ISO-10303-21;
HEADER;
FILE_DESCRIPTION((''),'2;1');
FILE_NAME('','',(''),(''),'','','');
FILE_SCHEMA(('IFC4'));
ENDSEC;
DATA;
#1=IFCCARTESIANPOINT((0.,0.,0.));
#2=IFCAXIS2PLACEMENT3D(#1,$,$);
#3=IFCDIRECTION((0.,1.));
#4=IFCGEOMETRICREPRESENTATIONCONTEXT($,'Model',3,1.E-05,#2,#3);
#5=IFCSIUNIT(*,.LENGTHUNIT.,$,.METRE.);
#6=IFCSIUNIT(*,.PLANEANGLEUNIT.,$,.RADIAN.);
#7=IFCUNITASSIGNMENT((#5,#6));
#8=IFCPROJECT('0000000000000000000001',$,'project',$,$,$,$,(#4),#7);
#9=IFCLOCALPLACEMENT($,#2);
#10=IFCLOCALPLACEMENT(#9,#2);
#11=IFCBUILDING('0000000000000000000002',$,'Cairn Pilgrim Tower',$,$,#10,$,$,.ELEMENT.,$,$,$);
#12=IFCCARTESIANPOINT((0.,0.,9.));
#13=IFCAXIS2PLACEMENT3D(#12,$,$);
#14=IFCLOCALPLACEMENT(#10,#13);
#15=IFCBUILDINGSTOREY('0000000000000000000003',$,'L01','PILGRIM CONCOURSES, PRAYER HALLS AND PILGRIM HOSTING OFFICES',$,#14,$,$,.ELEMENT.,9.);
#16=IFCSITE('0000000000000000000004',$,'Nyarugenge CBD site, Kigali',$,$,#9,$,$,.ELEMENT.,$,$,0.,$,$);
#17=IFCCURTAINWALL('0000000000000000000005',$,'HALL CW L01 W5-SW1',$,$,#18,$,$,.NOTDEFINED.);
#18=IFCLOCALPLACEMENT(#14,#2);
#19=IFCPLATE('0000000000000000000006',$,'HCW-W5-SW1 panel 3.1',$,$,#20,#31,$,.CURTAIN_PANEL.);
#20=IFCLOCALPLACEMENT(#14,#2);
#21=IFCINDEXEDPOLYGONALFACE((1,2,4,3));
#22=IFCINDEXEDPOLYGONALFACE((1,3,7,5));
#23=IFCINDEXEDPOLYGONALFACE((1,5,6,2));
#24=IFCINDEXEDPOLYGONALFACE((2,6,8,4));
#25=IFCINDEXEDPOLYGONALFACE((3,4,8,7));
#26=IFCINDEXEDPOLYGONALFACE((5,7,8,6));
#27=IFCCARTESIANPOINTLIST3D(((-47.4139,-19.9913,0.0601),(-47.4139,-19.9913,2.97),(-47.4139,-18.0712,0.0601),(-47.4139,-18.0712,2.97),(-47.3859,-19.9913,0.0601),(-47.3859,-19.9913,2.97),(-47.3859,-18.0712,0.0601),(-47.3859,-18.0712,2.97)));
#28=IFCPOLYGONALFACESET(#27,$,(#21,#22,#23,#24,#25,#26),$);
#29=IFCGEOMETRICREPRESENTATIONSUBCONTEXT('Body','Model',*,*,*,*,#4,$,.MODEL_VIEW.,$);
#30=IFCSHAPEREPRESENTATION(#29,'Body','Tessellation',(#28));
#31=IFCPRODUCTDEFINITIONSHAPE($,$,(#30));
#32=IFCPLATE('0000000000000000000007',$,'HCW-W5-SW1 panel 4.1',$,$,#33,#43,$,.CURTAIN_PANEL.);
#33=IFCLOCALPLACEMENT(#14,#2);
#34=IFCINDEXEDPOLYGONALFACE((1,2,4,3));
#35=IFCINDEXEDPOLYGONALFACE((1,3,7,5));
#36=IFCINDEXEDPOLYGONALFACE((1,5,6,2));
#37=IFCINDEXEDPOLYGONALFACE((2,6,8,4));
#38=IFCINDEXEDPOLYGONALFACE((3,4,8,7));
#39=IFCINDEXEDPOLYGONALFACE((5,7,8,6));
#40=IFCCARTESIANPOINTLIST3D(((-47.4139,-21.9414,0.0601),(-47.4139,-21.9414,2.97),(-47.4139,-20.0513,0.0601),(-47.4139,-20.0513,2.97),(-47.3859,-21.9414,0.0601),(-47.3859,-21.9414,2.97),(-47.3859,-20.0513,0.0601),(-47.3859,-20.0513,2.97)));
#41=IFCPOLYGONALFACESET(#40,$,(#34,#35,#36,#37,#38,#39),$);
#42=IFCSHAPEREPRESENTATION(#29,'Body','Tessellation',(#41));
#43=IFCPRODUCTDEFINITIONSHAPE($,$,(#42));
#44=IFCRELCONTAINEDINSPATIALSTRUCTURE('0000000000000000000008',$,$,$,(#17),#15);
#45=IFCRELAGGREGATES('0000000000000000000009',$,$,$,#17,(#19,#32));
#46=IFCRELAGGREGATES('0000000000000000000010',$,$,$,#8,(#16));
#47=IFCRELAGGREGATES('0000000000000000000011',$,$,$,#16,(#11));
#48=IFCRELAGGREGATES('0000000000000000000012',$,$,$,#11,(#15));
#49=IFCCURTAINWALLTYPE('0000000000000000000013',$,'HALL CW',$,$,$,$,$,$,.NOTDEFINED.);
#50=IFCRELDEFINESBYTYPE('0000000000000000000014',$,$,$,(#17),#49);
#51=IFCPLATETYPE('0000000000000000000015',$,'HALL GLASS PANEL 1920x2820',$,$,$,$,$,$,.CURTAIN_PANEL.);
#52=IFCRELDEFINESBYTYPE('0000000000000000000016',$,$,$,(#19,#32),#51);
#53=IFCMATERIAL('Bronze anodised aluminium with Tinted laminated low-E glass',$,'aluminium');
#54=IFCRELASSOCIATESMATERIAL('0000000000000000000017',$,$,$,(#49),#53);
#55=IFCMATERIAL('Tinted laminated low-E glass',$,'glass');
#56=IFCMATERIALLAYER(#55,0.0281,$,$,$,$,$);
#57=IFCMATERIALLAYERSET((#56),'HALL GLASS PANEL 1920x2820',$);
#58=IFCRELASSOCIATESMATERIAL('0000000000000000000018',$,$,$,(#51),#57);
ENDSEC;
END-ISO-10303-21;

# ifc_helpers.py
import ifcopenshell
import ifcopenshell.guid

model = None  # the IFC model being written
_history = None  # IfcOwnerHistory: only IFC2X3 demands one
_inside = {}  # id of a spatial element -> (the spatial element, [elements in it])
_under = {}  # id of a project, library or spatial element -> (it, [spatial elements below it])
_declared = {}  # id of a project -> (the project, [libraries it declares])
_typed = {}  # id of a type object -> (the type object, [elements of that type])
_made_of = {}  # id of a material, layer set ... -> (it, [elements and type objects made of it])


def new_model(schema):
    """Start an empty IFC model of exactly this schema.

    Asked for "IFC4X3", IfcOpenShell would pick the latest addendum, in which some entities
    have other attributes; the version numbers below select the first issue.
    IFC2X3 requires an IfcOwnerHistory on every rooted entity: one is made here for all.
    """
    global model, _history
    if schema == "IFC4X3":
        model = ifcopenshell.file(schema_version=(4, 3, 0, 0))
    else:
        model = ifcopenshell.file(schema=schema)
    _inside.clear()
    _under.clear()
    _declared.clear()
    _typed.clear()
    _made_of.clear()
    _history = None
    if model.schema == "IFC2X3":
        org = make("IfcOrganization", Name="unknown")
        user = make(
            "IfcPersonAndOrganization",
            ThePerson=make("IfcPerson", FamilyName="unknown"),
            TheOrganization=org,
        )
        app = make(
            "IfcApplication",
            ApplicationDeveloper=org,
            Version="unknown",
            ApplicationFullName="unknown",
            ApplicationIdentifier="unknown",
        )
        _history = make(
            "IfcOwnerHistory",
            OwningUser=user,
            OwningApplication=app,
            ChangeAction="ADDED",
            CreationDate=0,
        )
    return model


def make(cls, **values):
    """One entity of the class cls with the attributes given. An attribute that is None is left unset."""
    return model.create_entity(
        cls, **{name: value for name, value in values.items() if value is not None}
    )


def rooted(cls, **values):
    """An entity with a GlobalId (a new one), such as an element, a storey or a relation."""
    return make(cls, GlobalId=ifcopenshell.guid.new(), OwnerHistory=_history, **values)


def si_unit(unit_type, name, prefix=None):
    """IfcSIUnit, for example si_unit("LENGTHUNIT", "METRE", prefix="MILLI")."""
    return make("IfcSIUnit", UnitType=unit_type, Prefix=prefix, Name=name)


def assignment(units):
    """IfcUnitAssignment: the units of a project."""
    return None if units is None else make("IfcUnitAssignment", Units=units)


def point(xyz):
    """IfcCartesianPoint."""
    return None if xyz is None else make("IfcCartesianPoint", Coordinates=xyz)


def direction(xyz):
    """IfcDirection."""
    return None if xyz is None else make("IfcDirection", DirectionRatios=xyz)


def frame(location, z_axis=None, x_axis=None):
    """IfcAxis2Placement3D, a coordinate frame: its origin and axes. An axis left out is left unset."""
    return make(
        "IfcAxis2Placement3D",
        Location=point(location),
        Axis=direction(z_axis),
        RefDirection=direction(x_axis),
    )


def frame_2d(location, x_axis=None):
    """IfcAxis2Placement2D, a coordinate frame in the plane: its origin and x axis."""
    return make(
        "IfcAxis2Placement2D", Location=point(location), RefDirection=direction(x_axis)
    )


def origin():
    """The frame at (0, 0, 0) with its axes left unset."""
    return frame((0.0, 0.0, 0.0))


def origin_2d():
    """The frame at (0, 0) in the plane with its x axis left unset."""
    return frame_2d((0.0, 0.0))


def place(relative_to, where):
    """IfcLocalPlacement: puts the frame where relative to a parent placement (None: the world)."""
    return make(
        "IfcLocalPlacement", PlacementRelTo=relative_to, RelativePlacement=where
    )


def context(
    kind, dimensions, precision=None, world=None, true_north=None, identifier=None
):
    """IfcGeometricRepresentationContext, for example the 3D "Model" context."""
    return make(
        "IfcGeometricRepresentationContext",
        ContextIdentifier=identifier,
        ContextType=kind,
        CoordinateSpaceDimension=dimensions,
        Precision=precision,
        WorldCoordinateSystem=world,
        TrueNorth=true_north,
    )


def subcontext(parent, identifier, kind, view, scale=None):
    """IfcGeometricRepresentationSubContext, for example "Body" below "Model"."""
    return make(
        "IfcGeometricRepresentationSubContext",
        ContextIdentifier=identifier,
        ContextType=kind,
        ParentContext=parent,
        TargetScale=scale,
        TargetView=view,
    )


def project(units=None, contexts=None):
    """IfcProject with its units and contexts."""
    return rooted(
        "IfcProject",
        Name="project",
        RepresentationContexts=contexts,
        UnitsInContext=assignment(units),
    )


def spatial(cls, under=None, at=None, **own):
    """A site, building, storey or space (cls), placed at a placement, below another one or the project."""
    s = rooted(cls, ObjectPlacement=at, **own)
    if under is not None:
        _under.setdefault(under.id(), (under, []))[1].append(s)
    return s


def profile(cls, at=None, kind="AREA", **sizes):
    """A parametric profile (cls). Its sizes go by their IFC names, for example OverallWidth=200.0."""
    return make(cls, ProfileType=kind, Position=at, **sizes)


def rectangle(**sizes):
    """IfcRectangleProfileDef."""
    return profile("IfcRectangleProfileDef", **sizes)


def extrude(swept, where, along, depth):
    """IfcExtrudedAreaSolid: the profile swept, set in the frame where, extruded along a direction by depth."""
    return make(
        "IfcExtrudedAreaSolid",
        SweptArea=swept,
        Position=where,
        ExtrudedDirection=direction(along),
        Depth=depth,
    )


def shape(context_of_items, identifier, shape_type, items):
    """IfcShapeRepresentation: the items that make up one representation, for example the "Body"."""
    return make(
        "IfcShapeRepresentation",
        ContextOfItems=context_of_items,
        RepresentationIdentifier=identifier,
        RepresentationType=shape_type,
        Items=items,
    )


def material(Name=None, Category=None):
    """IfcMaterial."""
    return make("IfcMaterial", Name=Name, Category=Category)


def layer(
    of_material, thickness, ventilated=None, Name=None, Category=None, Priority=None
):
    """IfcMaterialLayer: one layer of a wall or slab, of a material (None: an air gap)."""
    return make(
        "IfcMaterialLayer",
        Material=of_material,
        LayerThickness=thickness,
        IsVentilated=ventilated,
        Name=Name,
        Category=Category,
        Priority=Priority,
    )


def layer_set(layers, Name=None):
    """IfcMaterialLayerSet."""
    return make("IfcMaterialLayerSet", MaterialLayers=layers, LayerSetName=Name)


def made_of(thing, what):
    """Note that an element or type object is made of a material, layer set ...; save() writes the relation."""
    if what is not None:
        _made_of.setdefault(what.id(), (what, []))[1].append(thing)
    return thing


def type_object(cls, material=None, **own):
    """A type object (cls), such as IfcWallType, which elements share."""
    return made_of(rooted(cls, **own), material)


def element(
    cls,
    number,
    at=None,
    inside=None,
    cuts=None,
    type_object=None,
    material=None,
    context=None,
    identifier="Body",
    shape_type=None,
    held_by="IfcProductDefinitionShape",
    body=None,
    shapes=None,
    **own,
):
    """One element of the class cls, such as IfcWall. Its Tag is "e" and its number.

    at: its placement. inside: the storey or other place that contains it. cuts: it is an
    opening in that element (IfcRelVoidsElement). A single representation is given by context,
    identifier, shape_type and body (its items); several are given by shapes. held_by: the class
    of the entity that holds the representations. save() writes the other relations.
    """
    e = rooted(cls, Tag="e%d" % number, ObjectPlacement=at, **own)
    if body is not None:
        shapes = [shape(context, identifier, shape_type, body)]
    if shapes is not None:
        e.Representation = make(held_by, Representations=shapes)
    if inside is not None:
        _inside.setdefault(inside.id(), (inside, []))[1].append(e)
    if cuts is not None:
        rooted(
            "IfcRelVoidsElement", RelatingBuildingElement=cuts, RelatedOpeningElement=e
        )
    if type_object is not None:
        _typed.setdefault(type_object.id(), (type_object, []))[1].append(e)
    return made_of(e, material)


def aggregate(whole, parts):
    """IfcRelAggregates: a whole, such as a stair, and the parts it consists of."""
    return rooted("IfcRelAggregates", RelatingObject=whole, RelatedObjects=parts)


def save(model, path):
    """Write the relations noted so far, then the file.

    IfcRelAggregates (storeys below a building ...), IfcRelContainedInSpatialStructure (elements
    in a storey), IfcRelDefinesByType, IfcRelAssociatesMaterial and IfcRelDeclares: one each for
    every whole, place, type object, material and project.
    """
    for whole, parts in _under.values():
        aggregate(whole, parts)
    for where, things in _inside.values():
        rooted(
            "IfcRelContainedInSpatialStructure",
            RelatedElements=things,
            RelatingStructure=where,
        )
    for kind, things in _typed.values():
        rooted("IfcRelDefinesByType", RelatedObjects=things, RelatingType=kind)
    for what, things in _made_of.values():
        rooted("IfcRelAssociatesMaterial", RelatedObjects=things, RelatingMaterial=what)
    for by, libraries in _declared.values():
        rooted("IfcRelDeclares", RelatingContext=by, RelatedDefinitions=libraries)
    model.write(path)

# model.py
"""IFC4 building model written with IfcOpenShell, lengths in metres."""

from ifc_helpers import new_model, si_unit, direction, frame, origin, origin_2d, place, context, subcontext, project, spatial, rectangle, extrude, material, layer, layer_set, type_object, element, aggregate, save


model = new_model("IFC4")

# Units and contexts
model_context = context("Model", 3, precision=1e-05, world=origin(), true_north=direction((0.0, 1.0)))
body_context = subcontext(model_context, "Body", "Model", "MODEL_VIEW")
ifc_project = project(units=[si_unit("LENGTHUNIT", "METRE"), si_unit("PLANEANGLEUNIT", "RADIAN")], contexts=[model_context])

# Site, building, storey
site_placement = place(None, origin())
site = spatial("IfcSite", under=ifc_project, at=site_placement, Name="Nyarugenge CBD site, Kigali", CompositionType="ELEMENT", RefElevation=0.0)
building_placement = place(site_placement, origin())
building = spatial("IfcBuilding", under=site, at=building_placement, Name="Cairn Pilgrim Tower", CompositionType="ELEMENT")
storey_placement = place(building_placement, frame((0.0, 0.0, 9.0)))
storey = spatial("IfcBuildingStorey", under=building, at=storey_placement, Name="L01", Description="PILGRIM CONCOURSES, PRAYER HALLS AND PILGRIM HOSTING OFFICES", CompositionType="ELEMENT", Elevation=9.0)

# Curtain wall
ifc_material_1 = material(Name="Bronze anodised aluminium with Tinted laminated low-E glass", Category="aluminium")
curtain_wall_type = type_object("IfcCurtainWallType", Name="HALL CW", PredefinedType="NOTDEFINED", material=ifc_material_1)
curtain_wall_placement = place(storey_placement, origin())
curtain_wall = element("IfcCurtainWall", 1, at=curtain_wall_placement, inside=storey, type_object=curtain_wall_type, Name="HALL CW L01 W5-SW1", PredefinedType="NOTDEFINED")

# Plates
ifc_material_2 = material(Name="Tinted laminated low-E glass", Category="glass")
ifc_layer_1 = layer(ifc_material_2, 0.0281)
ifc_layer_set_1 = layer_set([ifc_layer_1], Name="HALL GLASS PANEL 1920x2820")
plate_type_1 = type_object("IfcPlateType", Name="HALL GLASS PANEL 1920x2820", PredefinedType="CURTAIN_PANEL", material=ifc_layer_set_1)
plate_1_placement = place(storey_placement, frame((-47.3999, -19.0312, 0.0601), z_axis=(0.0, 0.0, 1.0), x_axis=(0.0, -1.0, 0.0)))
plate_1 = element("IfcPlate", 2, at=plate_1_placement, type_object=plate_type_1, Name="HCW-W5-SW1 panel 3.1", PredefinedType="CURTAIN_PANEL", context=body_context, shape_type="SweptSolid", body=[
    extrude(rectangle(XDim=1.9202, YDim=0.0281, at=origin_2d()), origin(), (0.0, 0.0, 1.0), 2.9099),
])
plate_2_placement = place(storey_placement, frame((-47.3999, -20.9963, 0.0601), z_axis=(0.0, 0.0, 1.0), x_axis=(0.0, -1.0, 0.0)))
plate_2 = element("IfcPlate", 3, at=plate_2_placement, type_object=plate_type_1, Name="HCW-W5-SW1 panel 4.1", PredefinedType="CURTAIN_PANEL", context=body_context, shape_type="SweptSolid", body=[
    extrude(rectangle(XDim=1.8901, YDim=0.0281, at=origin_2d()), origin(), (0.0, 0.0, 1.0), 2.9099),
])
aggregate(curtain_wall, [plate_1, plate_2])

save(model, "model.ifc")
